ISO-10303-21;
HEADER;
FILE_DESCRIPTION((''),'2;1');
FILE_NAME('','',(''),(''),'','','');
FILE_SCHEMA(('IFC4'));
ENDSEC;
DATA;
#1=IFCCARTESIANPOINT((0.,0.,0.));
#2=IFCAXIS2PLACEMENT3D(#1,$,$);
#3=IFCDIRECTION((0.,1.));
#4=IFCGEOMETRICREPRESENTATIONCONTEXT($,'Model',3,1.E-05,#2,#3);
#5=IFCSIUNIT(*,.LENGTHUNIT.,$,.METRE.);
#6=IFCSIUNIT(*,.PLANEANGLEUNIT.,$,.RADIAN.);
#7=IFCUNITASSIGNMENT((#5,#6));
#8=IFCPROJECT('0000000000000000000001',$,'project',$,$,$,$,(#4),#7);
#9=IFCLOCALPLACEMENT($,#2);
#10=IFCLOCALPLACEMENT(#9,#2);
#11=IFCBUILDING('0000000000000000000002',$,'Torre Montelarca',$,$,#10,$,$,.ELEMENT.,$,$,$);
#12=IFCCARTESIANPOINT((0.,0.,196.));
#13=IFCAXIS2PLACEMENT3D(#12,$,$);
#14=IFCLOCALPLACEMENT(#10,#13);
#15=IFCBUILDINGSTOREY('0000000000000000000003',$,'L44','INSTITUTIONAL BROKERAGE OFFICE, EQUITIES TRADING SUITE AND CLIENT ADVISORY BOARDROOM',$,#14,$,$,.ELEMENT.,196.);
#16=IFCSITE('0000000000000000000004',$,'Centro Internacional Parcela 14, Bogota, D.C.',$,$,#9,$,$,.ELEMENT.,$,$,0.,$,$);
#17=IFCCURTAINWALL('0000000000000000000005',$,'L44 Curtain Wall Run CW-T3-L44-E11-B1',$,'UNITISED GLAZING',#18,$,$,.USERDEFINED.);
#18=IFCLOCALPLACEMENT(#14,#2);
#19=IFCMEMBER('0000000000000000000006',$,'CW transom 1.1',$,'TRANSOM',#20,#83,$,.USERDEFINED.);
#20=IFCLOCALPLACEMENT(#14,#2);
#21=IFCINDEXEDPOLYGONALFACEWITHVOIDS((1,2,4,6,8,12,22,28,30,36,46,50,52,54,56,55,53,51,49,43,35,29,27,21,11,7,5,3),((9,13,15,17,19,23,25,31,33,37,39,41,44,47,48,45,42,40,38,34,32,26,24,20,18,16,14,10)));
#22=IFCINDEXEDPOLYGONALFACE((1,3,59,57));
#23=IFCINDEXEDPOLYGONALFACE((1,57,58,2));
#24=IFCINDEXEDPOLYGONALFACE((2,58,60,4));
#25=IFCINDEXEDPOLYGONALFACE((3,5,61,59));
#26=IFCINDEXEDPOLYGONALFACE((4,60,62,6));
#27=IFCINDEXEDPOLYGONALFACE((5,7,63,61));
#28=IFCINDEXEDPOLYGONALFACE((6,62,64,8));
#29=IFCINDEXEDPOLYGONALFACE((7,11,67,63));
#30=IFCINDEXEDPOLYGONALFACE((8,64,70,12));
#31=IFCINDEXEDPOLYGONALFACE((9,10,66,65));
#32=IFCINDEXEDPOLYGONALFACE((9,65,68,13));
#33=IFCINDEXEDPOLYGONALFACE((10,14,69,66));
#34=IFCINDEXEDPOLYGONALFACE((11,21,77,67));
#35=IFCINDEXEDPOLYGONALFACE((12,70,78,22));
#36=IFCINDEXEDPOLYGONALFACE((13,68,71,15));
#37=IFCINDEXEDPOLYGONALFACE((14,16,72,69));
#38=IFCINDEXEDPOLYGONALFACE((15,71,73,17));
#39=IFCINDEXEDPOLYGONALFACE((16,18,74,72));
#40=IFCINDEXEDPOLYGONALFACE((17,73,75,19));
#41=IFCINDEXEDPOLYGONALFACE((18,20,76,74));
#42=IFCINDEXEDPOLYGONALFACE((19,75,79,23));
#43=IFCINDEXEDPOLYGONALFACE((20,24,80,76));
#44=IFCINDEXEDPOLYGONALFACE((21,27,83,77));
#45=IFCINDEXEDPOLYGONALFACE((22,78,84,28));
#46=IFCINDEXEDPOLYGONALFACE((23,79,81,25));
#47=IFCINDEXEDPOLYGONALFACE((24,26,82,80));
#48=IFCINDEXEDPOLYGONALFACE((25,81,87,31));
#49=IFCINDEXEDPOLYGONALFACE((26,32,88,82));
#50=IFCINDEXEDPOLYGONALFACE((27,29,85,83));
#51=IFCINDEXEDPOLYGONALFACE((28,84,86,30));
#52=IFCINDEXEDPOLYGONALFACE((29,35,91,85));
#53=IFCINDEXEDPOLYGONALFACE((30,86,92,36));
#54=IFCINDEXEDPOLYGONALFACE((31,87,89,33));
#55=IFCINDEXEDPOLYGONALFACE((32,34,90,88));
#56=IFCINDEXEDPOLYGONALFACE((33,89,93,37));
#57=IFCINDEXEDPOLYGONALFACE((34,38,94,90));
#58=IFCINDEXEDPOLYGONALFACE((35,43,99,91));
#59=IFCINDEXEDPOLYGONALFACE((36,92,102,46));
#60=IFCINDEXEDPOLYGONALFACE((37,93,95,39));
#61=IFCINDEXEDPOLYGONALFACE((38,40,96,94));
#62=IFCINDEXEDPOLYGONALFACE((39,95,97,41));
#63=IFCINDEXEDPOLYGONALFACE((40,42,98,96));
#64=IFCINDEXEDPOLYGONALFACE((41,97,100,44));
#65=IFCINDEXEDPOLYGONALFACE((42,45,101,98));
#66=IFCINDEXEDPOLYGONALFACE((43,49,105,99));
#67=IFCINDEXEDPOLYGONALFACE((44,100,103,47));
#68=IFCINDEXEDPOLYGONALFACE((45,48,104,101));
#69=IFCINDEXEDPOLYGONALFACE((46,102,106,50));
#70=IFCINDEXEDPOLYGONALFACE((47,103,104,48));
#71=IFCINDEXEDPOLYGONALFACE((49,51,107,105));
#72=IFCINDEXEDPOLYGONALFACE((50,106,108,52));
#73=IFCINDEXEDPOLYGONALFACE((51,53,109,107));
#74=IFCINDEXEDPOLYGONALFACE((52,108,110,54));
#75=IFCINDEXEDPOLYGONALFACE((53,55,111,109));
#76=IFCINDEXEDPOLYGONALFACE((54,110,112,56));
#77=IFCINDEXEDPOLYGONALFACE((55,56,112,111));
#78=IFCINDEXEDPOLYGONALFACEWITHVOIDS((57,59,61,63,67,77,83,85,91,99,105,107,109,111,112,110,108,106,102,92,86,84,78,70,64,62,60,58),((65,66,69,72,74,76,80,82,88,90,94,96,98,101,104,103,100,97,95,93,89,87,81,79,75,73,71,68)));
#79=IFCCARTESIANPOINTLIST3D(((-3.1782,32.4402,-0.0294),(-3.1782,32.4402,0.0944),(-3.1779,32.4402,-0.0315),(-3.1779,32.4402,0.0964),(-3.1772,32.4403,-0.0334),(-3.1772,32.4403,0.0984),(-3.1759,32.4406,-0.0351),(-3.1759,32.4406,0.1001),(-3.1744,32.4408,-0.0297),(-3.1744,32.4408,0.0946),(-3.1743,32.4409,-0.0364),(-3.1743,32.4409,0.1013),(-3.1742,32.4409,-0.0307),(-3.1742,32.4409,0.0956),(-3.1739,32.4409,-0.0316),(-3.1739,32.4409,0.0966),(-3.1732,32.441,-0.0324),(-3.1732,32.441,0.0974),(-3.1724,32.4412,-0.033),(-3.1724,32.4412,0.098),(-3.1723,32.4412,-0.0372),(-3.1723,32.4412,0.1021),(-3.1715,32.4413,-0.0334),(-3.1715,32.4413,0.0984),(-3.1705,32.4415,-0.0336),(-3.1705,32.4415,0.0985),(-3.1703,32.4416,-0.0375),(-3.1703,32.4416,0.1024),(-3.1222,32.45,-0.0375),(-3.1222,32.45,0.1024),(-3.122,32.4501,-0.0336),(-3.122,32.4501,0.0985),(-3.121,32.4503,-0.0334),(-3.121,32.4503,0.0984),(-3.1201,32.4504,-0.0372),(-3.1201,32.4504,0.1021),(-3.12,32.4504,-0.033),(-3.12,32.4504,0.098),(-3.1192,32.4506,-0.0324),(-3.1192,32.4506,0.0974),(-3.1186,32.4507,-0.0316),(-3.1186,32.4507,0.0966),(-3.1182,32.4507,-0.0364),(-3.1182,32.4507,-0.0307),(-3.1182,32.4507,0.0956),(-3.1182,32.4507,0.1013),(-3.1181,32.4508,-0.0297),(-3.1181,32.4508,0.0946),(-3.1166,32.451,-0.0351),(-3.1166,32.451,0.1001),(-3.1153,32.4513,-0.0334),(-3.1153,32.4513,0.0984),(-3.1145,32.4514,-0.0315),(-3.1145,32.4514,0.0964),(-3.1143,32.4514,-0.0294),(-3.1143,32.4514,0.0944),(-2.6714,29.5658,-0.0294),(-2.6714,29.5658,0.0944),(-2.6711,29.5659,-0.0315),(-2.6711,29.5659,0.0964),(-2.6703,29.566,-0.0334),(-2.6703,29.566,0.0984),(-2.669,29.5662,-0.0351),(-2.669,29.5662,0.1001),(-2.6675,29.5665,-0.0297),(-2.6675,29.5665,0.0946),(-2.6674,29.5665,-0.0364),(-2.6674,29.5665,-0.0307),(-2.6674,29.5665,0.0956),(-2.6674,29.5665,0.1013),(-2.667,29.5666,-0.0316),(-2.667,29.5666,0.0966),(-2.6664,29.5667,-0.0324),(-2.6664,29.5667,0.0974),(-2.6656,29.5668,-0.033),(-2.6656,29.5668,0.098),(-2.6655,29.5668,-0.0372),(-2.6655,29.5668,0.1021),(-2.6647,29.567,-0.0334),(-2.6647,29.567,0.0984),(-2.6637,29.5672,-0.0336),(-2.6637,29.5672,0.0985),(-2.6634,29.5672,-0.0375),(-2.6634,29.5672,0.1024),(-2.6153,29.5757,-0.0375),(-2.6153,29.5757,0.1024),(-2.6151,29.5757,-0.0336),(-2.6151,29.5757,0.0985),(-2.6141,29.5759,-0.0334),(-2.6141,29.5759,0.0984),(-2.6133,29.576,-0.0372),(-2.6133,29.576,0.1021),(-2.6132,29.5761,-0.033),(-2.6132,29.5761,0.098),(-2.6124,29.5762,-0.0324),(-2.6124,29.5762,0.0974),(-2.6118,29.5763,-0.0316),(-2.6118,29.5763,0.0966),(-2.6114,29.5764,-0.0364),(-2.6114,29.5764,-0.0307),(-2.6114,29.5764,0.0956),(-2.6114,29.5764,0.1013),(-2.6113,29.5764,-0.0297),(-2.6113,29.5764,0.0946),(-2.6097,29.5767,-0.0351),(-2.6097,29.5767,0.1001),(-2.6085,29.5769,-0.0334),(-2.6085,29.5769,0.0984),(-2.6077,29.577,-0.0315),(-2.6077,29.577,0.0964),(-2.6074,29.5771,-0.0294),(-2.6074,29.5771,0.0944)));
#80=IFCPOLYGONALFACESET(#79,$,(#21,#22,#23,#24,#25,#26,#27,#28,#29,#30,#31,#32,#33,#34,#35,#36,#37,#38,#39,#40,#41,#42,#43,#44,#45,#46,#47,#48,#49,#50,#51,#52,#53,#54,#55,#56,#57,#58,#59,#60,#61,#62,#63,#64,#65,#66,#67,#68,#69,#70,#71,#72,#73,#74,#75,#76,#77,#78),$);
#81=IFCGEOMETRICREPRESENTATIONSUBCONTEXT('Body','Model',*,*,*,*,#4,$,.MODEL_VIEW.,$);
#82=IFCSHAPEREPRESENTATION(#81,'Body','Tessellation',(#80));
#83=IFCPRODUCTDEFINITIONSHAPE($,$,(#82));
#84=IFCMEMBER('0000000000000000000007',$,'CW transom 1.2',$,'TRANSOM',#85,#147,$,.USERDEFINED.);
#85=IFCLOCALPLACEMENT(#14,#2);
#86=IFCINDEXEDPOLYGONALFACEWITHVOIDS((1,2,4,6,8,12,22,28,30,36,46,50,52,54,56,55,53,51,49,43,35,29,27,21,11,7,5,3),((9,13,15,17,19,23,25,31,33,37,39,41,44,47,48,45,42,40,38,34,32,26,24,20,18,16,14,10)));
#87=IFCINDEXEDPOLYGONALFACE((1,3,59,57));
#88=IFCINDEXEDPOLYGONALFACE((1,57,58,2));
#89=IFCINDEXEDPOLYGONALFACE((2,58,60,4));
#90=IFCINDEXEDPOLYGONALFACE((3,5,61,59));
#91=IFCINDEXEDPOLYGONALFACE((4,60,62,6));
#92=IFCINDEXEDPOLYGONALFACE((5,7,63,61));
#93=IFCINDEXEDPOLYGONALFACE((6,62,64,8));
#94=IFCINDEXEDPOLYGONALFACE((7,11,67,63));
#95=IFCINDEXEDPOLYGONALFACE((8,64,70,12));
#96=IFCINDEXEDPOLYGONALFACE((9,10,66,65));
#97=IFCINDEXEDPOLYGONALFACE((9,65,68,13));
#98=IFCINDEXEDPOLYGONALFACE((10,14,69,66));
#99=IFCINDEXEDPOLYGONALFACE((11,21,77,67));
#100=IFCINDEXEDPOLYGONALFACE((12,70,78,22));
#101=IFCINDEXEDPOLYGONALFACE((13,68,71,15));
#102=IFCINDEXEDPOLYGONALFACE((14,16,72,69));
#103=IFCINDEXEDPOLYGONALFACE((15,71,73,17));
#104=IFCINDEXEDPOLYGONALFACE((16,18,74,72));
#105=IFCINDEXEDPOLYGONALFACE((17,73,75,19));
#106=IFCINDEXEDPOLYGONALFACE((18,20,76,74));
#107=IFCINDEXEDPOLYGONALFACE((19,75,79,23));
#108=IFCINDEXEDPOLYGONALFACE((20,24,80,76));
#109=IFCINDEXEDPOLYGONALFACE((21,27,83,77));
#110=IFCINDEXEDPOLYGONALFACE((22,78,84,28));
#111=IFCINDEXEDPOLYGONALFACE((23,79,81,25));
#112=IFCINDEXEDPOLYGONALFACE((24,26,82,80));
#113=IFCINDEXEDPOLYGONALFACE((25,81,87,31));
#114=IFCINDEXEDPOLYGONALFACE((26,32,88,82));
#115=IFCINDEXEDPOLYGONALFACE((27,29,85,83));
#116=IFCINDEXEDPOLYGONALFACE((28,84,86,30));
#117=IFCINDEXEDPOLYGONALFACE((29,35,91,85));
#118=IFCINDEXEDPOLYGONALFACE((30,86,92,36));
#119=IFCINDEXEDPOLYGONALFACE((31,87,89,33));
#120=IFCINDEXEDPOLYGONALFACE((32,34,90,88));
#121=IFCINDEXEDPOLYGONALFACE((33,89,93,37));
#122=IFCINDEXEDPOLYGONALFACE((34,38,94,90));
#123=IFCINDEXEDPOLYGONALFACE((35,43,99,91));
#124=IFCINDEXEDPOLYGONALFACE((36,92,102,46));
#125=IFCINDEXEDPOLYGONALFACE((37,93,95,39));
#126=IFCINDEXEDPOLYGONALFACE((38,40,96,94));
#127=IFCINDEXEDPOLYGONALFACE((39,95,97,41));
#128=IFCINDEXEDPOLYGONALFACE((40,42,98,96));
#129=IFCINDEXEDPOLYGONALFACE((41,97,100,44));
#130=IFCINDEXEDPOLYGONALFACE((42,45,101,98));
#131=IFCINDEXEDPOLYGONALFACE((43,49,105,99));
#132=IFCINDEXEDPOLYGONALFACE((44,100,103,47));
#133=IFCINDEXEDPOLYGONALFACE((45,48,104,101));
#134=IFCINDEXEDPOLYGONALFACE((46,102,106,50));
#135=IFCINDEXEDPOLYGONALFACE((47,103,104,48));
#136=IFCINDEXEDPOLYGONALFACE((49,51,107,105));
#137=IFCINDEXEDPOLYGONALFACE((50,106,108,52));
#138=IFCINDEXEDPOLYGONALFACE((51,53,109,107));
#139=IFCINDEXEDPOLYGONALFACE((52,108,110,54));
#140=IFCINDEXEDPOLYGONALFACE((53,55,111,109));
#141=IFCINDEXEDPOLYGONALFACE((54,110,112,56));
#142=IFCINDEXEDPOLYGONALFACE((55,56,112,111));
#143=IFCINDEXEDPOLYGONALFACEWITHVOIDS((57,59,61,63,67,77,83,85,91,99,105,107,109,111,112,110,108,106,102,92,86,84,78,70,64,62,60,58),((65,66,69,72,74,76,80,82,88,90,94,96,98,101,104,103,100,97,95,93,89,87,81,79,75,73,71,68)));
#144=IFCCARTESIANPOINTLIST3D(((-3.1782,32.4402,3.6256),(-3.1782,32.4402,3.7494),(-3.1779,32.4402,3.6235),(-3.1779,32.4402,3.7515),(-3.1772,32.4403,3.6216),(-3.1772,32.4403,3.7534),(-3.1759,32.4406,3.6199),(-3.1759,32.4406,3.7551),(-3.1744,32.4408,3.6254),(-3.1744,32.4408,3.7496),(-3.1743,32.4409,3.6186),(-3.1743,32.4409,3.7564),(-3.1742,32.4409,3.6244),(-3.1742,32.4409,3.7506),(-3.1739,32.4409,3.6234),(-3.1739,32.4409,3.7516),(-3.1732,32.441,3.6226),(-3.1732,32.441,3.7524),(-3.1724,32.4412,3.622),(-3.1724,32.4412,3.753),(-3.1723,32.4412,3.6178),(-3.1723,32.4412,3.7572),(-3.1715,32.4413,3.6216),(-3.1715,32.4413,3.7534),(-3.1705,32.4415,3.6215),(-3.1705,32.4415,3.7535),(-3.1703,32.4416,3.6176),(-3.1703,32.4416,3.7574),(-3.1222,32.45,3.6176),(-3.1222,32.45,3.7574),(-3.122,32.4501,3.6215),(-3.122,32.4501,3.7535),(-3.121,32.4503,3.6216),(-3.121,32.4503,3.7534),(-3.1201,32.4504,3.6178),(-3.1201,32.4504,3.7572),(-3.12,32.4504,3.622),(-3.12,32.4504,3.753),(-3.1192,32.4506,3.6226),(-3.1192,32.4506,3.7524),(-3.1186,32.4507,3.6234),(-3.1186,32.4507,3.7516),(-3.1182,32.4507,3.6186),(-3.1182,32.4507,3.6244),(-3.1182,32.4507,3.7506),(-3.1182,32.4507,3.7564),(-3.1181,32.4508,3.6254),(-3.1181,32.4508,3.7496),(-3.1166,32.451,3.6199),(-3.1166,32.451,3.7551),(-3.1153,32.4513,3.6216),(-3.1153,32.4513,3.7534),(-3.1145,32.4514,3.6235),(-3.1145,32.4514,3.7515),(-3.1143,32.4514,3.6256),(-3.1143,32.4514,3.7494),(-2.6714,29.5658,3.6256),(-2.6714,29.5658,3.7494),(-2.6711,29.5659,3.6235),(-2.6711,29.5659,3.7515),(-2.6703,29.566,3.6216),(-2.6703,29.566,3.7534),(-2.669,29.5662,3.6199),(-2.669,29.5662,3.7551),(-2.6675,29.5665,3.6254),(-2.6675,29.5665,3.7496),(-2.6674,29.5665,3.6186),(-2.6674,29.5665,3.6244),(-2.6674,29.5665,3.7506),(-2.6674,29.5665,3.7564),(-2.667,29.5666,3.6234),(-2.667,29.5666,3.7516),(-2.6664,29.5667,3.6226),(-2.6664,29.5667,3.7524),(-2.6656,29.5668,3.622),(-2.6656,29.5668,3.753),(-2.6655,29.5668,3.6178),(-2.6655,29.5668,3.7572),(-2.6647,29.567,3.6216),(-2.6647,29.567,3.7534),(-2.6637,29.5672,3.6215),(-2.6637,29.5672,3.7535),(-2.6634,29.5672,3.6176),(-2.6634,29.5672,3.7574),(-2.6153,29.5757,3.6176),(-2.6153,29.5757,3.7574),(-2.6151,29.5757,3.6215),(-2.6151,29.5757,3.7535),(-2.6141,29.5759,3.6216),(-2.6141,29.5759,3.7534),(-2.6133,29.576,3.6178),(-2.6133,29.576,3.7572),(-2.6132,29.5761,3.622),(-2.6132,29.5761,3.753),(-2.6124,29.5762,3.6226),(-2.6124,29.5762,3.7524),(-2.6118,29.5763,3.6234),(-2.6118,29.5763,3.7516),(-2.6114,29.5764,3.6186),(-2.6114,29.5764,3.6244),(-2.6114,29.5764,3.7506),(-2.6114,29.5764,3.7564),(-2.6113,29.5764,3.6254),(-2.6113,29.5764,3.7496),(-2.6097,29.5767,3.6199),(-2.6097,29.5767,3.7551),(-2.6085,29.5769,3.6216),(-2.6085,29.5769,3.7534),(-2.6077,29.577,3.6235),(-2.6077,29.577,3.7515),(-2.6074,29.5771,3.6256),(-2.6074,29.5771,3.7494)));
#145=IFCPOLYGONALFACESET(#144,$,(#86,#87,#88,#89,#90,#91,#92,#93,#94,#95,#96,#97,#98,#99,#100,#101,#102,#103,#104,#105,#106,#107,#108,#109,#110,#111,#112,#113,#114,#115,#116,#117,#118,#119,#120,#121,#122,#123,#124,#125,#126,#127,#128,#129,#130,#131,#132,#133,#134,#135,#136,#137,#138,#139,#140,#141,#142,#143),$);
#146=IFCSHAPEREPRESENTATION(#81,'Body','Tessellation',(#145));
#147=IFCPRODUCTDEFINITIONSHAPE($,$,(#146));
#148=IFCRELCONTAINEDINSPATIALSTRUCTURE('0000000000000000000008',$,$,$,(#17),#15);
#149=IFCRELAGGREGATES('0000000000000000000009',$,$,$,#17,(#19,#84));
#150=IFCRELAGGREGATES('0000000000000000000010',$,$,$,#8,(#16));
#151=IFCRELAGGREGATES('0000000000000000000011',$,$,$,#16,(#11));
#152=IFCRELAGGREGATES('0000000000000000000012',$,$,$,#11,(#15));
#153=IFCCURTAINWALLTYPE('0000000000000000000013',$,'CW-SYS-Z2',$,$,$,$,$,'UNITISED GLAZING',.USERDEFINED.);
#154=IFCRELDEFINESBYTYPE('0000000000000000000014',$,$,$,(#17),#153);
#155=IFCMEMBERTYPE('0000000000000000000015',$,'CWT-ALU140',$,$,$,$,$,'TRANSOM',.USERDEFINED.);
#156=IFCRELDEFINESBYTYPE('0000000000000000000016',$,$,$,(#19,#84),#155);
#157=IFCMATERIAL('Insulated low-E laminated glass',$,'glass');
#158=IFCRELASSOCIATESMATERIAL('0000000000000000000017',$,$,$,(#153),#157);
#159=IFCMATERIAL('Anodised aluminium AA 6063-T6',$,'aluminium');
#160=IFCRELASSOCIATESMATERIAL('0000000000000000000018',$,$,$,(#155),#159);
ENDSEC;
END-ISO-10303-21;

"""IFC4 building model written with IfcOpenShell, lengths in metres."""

from ifc_helpers import new_model, si_unit, direction, frame, origin, origin_2d, place, context, subcontext, project, spatial, hollow_rectangle, extrude, source, transform, mapped, material, material_profile, profile_set, type_object, element, aggregate, save


model = new_model("IFC4")

# Units and contexts
model_context = context("Model", 3, precision=1e-05, world=origin(), true_north=direction((0.0, 1.0)))
body_context = subcontext(model_context, "Body", "Model", "MODEL_VIEW")
ifc_project = project(units=[si_unit("LENGTHUNIT", "METRE"), si_unit("PLANEANGLEUNIT", "RADIAN")], contexts=[model_context])

# Site, building, storey
site_placement = place(None, origin())
site = spatial("IfcSite", under=ifc_project, at=site_placement, Name="Centro Internacional Parcela 14, Bogota, D.C.", CompositionType="ELEMENT", RefElevation=0.0)
building_placement = place(site_placement, origin())
building = spatial("IfcBuilding", under=site, at=building_placement, Name="Torre Montelarca", CompositionType="ELEMENT")
storey_placement = place(building_placement, frame((0.0, 0.0, 196.0)))
storey = spatial("IfcBuildingStorey", under=building, at=storey_placement, Name="L44", Description="INSTITUTIONAL BROKERAGE OFFICE, EQUITIES TRADING SUITE AND CLIENT ADVISORY BOARDROOM", CompositionType="ELEMENT", Elevation=196.0)

# Curtain wall, members
ifc_material_1 = material(Name="Insulated low-E laminated glass", Category="glass")
curtain_wall_type = type_object("IfcCurtainWallType", Name="CW-SYS-Z2", ElementType="UNITISED GLAZING", PredefinedType="USERDEFINED", material=ifc_material_1)
curtain_wall_1_placement = place(storey_placement, origin())
curtain_wall_1 = element("IfcCurtainWall", 1, at=curtain_wall_1_placement, inside=storey, type_object=curtain_wall_type, Name="L44 Curtain Wall Run CW-T3-L44-E11-B1", ObjectType="UNITISED GLAZING", PredefinedType="USERDEFINED")
ifc_material_2 = material(Name="Anodised aluminium AA 6063-T6", Category="aluminium")
ifc_material_profile_1 = material_profile(ifc_material_2, hollow_rectangle(XDim=0.0649, YDim=0.1399, WallThickness=0.0039, InnerFilletRadius=0.0039, OuterFilletRadius=0.0081, at=origin_2d()), Name="ALU65X140X4", Category="aluminium")
ifc_profile_set_1 = profile_set([ifc_material_profile_1], Name="Anodised aluminium AA 6063-T6")
member_type_1 = type_object("IfcMemberType", Name="CWT-ALU140", ElementType="TRANSOM", PredefinedType="USERDEFINED", material=ifc_profile_set_1)
shared_shape_1 = source(origin(), body_context, "Body", "SweptSolid", [
    extrude(hollow_rectangle(XDim=0.0649, YDim=0.1399, WallThickness=0.0039, InnerFilletRadius=0.0039, OuterFilletRadius=0.0081, at=origin_2d()), origin(), (0.0, 0.0, 1.0), 2.9187),
])
member_1_placement = place(storey_placement, frame((-3.1462, 32.4458, 0.0325), z_axis=(0.173656, -0.984806, 0.0), x_axis=(0.984806, 0.173656, 0.0)))
member_1 = element("IfcMember", 2, at=member_1_placement, type_object=member_type_1, Name="CW transom 1.1", ObjectType="TRANSOM", PredefinedType="USERDEFINED", context=body_context, shape_type="MappedRepresentation", body=[
    mapped(shared_shape_1, transform((0.0, 0.0, 0.0), scale=1.0)),
])
member_2_placement = place(storey_placement, frame((-3.1462, 32.4458, 3.6875), z_axis=(0.173656, -0.984806, 0.0), x_axis=(0.984806, 0.173656, 0.0)))
member_2 = element("IfcMember", 3, at=member_2_placement, type_object=member_type_1, Name="CW transom 1.2", ObjectType="TRANSOM", PredefinedType="USERDEFINED", context=body_context, shape_type="MappedRepresentation", body=[
    mapped(shared_shape_1, transform((0.0, 0.0, 0.0), scale=1.0)),
])

aggregate(curtain_wall_1, [member_1, member_2])

save(model, "model.ifc")
